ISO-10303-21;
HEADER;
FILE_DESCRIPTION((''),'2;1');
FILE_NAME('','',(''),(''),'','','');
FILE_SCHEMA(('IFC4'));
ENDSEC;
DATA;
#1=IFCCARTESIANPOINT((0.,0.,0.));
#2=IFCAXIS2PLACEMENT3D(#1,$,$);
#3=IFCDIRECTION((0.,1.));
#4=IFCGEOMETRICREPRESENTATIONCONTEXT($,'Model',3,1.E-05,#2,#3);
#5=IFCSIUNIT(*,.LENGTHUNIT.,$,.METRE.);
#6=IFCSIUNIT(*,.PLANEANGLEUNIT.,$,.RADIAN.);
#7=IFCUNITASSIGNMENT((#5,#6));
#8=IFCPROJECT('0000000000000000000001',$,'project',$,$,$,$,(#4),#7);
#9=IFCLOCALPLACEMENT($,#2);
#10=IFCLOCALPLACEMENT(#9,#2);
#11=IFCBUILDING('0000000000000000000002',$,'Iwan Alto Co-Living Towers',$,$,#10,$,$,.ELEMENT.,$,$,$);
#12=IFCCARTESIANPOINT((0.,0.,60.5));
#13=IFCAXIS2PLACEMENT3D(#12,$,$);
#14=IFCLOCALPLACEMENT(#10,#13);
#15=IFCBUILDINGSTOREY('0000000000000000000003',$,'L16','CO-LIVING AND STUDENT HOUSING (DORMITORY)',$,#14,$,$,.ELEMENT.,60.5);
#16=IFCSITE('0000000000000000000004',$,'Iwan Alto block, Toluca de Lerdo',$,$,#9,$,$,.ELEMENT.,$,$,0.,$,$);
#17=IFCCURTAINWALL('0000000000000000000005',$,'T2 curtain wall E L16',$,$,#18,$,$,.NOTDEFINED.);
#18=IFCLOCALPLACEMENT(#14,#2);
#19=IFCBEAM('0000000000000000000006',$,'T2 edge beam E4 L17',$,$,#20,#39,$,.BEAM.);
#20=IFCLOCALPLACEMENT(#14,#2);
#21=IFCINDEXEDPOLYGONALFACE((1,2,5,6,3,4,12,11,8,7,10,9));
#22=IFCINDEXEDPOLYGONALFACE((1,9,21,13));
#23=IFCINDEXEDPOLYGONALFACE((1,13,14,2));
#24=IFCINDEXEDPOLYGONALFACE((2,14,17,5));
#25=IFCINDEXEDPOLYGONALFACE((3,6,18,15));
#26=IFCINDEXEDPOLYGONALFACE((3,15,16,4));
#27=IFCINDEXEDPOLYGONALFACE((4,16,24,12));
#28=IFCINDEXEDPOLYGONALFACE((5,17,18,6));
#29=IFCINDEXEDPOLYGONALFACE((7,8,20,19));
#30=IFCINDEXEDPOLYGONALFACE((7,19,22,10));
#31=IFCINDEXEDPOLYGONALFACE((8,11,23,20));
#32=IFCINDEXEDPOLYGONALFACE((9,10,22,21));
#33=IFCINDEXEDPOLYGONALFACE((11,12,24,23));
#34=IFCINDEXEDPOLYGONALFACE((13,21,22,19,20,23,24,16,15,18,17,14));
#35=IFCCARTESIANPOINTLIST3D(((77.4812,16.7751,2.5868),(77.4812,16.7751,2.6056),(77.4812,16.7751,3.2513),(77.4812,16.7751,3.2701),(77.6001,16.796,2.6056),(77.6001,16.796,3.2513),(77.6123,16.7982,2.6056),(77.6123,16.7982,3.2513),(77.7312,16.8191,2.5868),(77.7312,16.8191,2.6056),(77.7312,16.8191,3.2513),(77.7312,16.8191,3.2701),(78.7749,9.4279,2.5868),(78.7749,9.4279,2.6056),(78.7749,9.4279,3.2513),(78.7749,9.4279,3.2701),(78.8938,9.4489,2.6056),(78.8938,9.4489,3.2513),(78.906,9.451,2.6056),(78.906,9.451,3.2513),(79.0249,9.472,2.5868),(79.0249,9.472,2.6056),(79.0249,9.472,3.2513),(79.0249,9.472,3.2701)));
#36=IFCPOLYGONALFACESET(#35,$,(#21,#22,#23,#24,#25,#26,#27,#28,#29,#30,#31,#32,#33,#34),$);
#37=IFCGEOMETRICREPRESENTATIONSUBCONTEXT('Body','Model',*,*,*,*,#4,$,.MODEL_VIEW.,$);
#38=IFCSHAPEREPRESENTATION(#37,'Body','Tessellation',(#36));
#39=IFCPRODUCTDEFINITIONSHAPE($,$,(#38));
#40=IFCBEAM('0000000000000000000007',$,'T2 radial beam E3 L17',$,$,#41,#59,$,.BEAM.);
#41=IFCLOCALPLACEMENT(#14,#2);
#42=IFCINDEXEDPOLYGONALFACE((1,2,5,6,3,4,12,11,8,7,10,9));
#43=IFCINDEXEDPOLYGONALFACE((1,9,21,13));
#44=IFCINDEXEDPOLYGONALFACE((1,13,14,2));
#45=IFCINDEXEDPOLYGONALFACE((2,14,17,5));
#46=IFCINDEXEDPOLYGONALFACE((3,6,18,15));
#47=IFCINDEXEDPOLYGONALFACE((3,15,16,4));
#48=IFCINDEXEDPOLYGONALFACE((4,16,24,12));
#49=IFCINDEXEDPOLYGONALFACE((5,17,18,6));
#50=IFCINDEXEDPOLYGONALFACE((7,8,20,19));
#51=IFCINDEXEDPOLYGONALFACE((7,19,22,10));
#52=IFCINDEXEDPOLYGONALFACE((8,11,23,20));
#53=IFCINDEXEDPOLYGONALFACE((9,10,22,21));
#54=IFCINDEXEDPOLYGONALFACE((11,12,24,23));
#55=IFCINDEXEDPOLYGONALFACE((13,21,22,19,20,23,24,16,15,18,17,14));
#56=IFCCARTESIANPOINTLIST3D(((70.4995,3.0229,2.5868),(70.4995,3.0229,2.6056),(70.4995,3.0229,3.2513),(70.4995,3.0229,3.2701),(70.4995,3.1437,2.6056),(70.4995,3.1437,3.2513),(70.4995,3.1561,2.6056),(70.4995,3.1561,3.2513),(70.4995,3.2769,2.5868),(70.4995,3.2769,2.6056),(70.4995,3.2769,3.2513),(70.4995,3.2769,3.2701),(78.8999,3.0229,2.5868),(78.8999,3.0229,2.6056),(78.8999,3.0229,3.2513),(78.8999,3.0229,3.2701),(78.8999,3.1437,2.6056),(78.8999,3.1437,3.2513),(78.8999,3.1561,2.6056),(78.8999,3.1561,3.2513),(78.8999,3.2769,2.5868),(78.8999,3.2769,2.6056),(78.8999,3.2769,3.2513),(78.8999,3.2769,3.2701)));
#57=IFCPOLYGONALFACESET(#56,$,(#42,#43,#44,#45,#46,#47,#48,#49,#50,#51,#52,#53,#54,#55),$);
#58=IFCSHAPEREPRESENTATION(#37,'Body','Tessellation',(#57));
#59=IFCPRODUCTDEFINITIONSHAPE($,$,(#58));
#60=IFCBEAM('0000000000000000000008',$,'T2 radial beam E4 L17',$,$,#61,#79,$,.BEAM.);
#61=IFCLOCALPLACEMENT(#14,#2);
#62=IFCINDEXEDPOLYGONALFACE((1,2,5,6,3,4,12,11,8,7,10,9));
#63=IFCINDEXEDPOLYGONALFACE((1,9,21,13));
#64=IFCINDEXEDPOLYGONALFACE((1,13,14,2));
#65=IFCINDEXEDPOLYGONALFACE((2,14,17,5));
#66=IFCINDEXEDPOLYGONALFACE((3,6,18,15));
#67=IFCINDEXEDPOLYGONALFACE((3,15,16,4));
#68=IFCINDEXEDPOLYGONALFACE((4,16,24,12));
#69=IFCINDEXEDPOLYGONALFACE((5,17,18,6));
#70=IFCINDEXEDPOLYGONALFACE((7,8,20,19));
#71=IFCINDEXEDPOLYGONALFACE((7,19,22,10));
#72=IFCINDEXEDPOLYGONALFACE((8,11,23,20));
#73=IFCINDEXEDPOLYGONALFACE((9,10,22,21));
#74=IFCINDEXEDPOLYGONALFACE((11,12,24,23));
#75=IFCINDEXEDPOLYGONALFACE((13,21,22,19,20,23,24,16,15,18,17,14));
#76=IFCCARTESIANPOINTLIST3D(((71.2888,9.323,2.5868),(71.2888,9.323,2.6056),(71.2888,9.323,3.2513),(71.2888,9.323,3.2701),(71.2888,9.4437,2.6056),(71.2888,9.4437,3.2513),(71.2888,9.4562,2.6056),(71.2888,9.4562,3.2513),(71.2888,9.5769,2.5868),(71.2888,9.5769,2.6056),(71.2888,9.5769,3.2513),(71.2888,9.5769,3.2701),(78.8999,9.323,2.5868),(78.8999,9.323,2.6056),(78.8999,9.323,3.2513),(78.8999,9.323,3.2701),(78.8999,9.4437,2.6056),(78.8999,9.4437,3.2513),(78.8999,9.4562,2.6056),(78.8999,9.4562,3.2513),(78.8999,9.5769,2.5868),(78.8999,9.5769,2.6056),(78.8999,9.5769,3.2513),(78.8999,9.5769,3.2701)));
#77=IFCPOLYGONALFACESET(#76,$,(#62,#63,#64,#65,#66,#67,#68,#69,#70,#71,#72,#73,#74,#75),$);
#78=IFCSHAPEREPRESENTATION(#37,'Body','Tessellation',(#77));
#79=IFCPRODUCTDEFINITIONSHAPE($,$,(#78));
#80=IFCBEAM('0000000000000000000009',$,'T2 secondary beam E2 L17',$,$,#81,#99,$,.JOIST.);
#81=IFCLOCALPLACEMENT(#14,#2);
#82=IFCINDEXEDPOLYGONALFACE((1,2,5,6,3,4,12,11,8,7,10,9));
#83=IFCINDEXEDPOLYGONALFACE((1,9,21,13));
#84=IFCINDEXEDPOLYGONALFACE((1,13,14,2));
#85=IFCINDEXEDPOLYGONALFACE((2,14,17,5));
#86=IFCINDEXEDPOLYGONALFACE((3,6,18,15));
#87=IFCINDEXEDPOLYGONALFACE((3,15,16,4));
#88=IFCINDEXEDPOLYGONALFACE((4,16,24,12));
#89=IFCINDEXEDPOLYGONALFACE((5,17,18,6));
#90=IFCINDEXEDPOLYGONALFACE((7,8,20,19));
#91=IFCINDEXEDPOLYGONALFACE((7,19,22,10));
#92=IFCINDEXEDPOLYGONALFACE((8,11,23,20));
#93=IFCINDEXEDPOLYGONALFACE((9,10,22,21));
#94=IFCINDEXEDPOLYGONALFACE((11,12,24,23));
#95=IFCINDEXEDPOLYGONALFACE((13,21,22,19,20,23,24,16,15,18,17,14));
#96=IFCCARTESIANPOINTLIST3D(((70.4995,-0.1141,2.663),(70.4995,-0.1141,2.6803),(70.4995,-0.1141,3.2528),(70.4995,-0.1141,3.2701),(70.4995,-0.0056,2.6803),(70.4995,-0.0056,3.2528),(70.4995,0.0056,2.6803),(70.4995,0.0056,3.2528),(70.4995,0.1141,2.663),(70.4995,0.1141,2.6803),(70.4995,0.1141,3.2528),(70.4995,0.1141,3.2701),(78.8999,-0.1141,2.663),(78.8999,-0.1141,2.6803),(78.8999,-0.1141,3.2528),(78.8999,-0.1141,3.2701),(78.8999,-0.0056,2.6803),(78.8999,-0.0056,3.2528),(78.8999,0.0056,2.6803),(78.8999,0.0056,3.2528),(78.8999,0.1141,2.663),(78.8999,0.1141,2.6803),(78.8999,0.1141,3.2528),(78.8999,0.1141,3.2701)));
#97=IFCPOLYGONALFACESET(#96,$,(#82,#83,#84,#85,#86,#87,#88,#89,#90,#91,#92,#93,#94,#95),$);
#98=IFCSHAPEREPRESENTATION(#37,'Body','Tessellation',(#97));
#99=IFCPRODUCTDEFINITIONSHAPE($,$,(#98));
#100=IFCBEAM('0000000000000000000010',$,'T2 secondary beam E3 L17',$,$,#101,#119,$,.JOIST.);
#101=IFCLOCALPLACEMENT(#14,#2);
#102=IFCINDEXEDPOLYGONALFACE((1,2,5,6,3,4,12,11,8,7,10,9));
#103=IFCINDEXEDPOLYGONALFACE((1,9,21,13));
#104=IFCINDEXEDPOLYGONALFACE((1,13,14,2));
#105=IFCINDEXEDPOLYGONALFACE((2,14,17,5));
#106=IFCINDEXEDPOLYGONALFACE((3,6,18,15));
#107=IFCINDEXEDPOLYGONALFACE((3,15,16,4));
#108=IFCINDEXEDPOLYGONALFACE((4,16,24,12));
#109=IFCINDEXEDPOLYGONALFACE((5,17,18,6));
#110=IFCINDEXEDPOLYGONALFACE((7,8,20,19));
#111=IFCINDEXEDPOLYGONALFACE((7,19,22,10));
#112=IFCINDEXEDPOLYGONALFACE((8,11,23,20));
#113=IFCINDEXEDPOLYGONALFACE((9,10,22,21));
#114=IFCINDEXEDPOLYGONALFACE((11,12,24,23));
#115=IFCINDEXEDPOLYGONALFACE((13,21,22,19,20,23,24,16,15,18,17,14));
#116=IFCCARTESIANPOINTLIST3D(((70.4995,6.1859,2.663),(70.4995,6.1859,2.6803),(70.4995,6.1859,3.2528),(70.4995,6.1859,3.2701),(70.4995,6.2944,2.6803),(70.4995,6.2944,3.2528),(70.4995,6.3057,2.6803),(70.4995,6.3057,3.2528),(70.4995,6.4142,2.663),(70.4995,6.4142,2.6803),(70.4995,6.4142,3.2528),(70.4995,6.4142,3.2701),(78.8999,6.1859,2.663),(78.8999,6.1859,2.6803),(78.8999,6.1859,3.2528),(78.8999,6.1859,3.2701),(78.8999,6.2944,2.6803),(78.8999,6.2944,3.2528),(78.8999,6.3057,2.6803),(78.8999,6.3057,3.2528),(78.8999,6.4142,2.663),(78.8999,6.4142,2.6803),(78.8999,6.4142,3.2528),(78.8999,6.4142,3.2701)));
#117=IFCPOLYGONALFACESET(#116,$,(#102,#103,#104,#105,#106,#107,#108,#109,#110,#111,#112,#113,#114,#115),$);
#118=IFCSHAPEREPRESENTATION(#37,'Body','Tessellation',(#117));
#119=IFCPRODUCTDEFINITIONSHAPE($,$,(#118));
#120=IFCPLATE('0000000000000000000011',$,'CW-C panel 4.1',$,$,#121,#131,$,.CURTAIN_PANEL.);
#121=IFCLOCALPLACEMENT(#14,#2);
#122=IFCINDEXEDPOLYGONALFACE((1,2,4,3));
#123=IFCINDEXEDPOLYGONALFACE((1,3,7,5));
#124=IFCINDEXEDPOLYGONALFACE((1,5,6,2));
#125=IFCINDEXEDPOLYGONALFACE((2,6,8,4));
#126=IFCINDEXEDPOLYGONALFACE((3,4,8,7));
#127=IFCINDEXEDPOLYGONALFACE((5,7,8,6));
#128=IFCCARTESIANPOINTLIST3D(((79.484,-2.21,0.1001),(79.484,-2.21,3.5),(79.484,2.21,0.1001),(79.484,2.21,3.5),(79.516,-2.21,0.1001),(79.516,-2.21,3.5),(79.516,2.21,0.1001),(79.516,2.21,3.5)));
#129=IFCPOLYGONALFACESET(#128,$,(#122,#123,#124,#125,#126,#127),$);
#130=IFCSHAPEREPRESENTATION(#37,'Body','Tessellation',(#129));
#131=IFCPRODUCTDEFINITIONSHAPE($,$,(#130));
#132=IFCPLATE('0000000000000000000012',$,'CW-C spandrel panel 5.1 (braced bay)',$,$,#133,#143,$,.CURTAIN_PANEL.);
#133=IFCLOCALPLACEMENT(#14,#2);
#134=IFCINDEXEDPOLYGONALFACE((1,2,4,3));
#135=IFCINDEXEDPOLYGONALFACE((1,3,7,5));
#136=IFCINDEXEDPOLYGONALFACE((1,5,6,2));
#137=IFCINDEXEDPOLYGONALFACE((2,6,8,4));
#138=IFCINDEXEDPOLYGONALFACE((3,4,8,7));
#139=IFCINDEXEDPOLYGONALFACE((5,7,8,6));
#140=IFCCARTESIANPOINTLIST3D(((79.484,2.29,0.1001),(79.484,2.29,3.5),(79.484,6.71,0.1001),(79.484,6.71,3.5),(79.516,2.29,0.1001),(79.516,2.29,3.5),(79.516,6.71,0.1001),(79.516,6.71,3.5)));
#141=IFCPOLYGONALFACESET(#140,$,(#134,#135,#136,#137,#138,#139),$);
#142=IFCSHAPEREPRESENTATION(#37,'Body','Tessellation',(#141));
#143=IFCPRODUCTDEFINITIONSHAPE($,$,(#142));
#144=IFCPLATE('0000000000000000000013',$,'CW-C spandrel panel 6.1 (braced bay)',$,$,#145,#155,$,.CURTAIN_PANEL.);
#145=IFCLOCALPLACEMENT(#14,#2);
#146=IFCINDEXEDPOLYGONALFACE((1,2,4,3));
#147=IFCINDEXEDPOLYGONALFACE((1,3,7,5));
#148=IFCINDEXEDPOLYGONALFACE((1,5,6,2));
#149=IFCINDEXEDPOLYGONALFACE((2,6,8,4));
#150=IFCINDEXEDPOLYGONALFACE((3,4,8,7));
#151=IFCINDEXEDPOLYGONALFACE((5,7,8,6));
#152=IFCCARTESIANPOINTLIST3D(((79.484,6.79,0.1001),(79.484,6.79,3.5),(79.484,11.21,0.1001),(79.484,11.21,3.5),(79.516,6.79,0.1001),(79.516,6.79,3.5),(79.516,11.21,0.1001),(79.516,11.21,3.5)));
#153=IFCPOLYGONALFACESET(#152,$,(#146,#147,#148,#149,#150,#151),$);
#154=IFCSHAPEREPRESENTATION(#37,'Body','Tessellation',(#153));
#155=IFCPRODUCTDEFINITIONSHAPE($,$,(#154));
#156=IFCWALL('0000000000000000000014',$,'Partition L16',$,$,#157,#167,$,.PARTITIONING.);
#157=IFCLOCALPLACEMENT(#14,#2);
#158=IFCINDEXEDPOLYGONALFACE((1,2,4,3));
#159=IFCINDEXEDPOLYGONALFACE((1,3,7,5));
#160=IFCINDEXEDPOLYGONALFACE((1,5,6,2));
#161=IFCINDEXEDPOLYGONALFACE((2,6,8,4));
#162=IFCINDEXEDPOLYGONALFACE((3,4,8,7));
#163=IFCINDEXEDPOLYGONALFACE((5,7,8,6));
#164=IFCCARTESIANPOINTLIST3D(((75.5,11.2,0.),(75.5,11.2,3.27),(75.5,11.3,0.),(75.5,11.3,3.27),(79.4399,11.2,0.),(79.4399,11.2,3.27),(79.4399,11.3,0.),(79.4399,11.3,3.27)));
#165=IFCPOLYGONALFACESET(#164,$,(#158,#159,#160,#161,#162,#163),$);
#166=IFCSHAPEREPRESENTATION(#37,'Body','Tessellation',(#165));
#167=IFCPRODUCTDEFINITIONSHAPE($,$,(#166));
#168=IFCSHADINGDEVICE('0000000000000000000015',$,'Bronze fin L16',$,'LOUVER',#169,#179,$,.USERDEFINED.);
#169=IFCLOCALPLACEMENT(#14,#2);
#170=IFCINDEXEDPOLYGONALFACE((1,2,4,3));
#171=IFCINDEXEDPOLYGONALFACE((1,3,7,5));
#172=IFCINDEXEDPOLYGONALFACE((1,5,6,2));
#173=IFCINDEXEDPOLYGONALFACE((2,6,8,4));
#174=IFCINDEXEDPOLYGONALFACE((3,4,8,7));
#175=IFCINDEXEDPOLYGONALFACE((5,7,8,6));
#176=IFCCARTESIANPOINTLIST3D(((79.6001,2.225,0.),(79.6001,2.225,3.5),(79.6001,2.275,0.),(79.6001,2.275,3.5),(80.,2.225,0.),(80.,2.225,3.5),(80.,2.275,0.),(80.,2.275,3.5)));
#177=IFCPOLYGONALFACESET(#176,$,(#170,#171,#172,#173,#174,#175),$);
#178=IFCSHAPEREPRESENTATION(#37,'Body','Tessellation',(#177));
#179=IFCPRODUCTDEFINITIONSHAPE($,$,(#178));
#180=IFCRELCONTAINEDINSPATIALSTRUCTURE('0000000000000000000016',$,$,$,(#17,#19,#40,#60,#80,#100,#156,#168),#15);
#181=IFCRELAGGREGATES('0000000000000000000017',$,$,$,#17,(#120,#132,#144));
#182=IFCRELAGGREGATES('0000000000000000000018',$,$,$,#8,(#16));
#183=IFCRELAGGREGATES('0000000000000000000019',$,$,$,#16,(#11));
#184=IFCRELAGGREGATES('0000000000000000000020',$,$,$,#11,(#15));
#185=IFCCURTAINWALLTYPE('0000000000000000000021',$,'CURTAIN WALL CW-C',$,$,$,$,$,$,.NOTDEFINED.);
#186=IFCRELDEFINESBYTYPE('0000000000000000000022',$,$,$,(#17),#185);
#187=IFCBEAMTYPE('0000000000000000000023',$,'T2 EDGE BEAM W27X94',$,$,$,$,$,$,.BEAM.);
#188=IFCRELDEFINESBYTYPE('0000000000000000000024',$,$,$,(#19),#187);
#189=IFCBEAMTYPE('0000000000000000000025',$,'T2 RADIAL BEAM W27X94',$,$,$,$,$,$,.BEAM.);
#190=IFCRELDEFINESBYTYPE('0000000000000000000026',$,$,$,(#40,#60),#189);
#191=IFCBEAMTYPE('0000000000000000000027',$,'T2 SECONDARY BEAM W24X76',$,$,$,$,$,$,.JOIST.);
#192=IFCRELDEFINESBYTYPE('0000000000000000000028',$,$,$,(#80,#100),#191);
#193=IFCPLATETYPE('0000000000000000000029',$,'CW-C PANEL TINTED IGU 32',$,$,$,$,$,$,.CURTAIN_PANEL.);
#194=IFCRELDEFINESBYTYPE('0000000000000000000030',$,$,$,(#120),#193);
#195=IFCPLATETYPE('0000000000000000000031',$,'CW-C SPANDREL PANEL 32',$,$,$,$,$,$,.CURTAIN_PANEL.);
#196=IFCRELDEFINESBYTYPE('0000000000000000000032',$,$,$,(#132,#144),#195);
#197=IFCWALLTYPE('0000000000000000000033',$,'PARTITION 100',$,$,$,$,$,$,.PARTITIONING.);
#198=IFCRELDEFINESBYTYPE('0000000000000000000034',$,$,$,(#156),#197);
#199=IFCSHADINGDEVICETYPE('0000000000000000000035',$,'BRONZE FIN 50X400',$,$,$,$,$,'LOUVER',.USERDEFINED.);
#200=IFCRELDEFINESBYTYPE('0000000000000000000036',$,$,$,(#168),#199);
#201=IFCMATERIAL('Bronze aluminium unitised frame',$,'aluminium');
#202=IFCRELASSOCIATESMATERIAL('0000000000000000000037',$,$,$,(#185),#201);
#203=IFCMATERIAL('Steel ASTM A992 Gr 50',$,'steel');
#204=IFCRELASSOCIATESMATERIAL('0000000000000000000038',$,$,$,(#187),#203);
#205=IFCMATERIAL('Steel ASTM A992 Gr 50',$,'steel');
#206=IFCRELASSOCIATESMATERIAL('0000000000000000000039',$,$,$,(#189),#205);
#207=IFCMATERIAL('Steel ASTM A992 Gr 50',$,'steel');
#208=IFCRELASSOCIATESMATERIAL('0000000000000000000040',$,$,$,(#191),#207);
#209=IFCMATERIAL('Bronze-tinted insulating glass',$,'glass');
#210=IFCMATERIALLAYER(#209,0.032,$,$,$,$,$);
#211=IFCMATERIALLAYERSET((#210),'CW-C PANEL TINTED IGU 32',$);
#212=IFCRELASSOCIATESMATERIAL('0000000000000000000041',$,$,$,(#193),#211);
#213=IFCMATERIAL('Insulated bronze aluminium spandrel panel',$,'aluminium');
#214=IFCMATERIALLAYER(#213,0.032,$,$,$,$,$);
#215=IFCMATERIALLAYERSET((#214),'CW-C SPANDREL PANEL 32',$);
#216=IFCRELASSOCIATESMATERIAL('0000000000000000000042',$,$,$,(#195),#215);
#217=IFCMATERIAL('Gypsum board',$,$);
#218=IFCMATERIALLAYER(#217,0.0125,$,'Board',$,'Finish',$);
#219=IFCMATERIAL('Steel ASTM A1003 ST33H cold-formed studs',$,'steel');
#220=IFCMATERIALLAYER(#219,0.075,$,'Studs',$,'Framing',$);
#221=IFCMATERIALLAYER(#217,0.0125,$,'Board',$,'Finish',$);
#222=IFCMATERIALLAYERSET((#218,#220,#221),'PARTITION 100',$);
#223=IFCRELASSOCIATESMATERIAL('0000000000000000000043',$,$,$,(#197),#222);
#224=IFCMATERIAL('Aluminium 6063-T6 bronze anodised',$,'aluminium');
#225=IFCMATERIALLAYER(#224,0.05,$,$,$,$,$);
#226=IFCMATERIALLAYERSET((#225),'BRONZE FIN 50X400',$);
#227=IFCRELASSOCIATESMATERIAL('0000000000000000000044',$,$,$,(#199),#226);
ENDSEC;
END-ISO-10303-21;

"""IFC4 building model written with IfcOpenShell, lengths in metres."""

from ifc_helpers import new_model, si_unit, direction, frame, frame_2d, origin, origin_2d, place, context, subcontext, project, spatial, rectangle, i_section, extrude, material, layer, layer_set, material_profile, profile_set, type_object, element, aggregate, save


model = new_model("IFC4")

# Units and contexts
model_context = context("Model", 3, precision=1e-05, world=origin(), true_north=direction((0.0, 1.0)))
body_context = subcontext(model_context, "Body", "Model", "MODEL_VIEW")
ifc_project = project(units=[si_unit("LENGTHUNIT", "METRE"), si_unit("PLANEANGLEUNIT", "RADIAN")], contexts=[model_context])

# Site, building, storey
site_placement = place(None, origin())
site = spatial("IfcSite", under=ifc_project, at=site_placement, Name="Iwan Alto block, Toluca de Lerdo", CompositionType="ELEMENT", RefElevation=0.0)
building_placement = place(site_placement, origin())
building = spatial("IfcBuilding", under=site, at=building_placement, Name="Iwan Alto Co-Living Towers", CompositionType="ELEMENT")
storey_placement = place(building_placement, frame((0.0, 0.0, 60.5)))
storey = spatial("IfcBuildingStorey", under=building, at=storey_placement, Name="L16", Description="CO-LIVING AND STUDENT HOUSING (DORMITORY)", CompositionType="ELEMENT", Elevation=60.5)

# Curtain wall
ifc_material_1 = material(Name="Bronze aluminium unitised frame", Category="aluminium")
curtain_wall_type = type_object("IfcCurtainWallType", Name="CURTAIN WALL CW-C", PredefinedType="NOTDEFINED", material=ifc_material_1)
curtain_wall_placement = place(storey_placement, origin())
curtain_wall = element("IfcCurtainWall", 1, at=curtain_wall_placement, inside=storey, type_object=curtain_wall_type, Name="T2 curtain wall E L16", PredefinedType="NOTDEFINED")

# Beams
ifc_material_2 = material(Name="Steel ASTM A992 Gr 50", Category="steel")
ifc_material_profile_1 = material_profile(ifc_material_2, i_section(OverallWidth=0.2539, OverallDepth=0.6833, WebThickness=0.0125, FlangeThickness=0.0188, at=origin_2d()), Name="W27X94")
ifc_profile_set_1 = profile_set([ifc_material_profile_1], Name="Steel ASTM A992 Gr 50")
beam_type_1 = type_object("IfcBeamType", Name="T2 EDGE BEAM W27X94", PredefinedType="BEAM", material=ifc_profile_set_1)
beam_1_placement = place(storey_placement, frame((78.8999, 9.45, 2.9285), z_axis=(-0.173414, 0.984849, 0.0), x_axis=(-0.984849, -0.173414, 0.0)))
element("IfcBeam", 2, at=beam_1_placement, inside=storey, type_object=beam_type_1, Name="T2 edge beam E4 L17", PredefinedType="BEAM", context=body_context, shape_type="SweptSolid", body=[
    extrude(i_section(OverallWidth=0.2539, OverallDepth=0.6833, WebThickness=0.0125, FlangeThickness=0.0188, at=origin_2d()), origin(), (0.0, 0.0, 1.0), 7.4602),
])
ifc_material_3 = material(Name="Steel ASTM A992 Gr 50", Category="steel")
ifc_material_profile_2 = material_profile(ifc_material_3, i_section(OverallWidth=0.2539, OverallDepth=0.6833, WebThickness=0.0125, FlangeThickness=0.0188, at=origin_2d()), Name="W27X94")
ifc_profile_set_2 = profile_set([ifc_material_profile_2], Name="Steel ASTM A992 Gr 50")
beam_type_2 = type_object("IfcBeamType", Name="T2 RADIAL BEAM W27X94", PredefinedType="BEAM", material=ifc_profile_set_2)
beam_2_placement = place(storey_placement, frame((78.8999, 3.1499, 2.9285), z_axis=(-1.0, 0.0, 0.0), x_axis=(0.0, -1.0, 0.0)))
element("IfcBeam", 3, at=beam_2_placement, inside=storey, type_object=beam_type_2, Name="T2 radial beam E3 L17", PredefinedType="BEAM", context=body_context, shape_type="SweptSolid", body=[
    extrude(i_section(OverallWidth=0.2539, OverallDepth=0.6833, WebThickness=0.0125, FlangeThickness=0.0188, at=origin_2d()), origin(), (0.0, 0.0, 1.0), 8.4004),
])
beam_3_placement = place(storey_placement, frame((78.8999, 9.45, 2.9285), z_axis=(-1.0, 0.0, 0.0), x_axis=(0.0, -1.0, 0.0)))
element("IfcBeam", 4, at=beam_3_placement, inside=storey, type_object=beam_type_2, Name="T2 radial beam E4 L17", PredefinedType="BEAM", context=body_context, shape_type="SweptSolid", body=[
    extrude(i_section(OverallWidth=0.2539, OverallDepth=0.6833, WebThickness=0.0125, FlangeThickness=0.0188, at=origin_2d()), origin(), (0.0, 0.0, 1.0), 7.6111),
])
ifc_material_4 = material(Name="Steel ASTM A992 Gr 50", Category="steel")
ifc_material_profile_3 = material_profile(ifc_material_4, i_section(OverallWidth=0.2283, OverallDepth=0.6072, WebThickness=0.0112, FlangeThickness=0.0173, at=origin_2d()), Name="W24X76")
ifc_profile_set_3 = profile_set([ifc_material_profile_3], Name="Steel ASTM A992 Gr 50")
beam_type_3 = type_object("IfcBeamType", Name="T2 SECONDARY BEAM W24X76", PredefinedType="JOIST", material=ifc_profile_set_3)
for number, where, z_axis, x_axis, name in (
    (5, (78.8999, 0.0, 2.9666), (-1.0, 0.0, 0.0), (0.0, -1.0, 0.0), "T2 secondary beam E2 L17"),
    (6, (78.8999, 6.3, 2.9666), (-1.0, 0.0, 0.0), (0.0, -1.0, 0.0), "T2 secondary beam E3 L17"),
):
    element("IfcBeam", number, at=place(storey_placement, frame(where, z_axis=z_axis, x_axis=x_axis)), inside=storey, type_object=beam_type_3, Name=name, PredefinedType="JOIST", context=body_context, shape_type="SweptSolid", body=[
        extrude(i_section(OverallWidth=0.2283, OverallDepth=0.6072, WebThickness=0.0112, FlangeThickness=0.0173, at=origin_2d()), origin(), (0.0, 0.0, 1.0), 8.4004),
    ])

# Plates
ifc_material_5 = material(Name="Bronze-tinted insulating glass", Category="glass")
ifc_layer_1 = layer(ifc_material_5, 0.032)
ifc_layer_set_1 = layer_set([ifc_layer_1], Name="CW-C PANEL TINTED IGU 32")
plate_type_1 = type_object("IfcPlateType", Name="CW-C PANEL TINTED IGU 32", PredefinedType="CURTAIN_PANEL", material=ifc_layer_set_1)
plate_1_placement = place(storey_placement, frame((79.5, 0.0, 0.1001), z_axis=(0.0, 0.0, 1.0), x_axis=(0.0, 1.0, 0.0)))
plate_1 = element("IfcPlate", 7, at=plate_1_placement, type_object=plate_type_1, Name="CW-C panel 4.1", PredefinedType="CURTAIN_PANEL", context=body_context, shape_type="SweptSolid", body=[
    extrude(rectangle(XDim=4.4199, YDim=0.032, at=origin_2d()), origin(), (0.0, 0.0, 1.0), 3.3999),
])
ifc_material_6 = material(Name="Insulated bronze aluminium spandrel panel", Category="aluminium")
ifc_layer_2 = layer(ifc_material_6, 0.032)
ifc_layer_set_2 = layer_set([ifc_layer_2], Name="CW-C SPANDREL PANEL 32")
plate_type_2 = type_object("IfcPlateType", Name="CW-C SPANDREL PANEL 32", PredefinedType="CURTAIN_PANEL", material=ifc_layer_set_2)
plate_2_placement = place(storey_placement, frame((79.5, 4.5, 0.1001), z_axis=(0.0, 0.0, 1.0), x_axis=(0.0, 1.0, 0.0)))
plate_2 = element("IfcPlate", 8, at=plate_2_placement, type_object=plate_type_2, Name="CW-C spandrel panel 5.1 (braced bay)", PredefinedType="CURTAIN_PANEL", context=body_context, shape_type="SweptSolid", body=[
    extrude(rectangle(XDim=4.4199, YDim=0.032, at=origin_2d()), origin(), (0.0, 0.0, 1.0), 3.3999),
])
plate_3_placement = place(storey_placement, frame((79.5, 9.0, 0.1001), z_axis=(0.0, 0.0, 1.0), x_axis=(0.0, 1.0, 0.0)))
plate_3 = element("IfcPlate", 9, at=plate_3_placement, type_object=plate_type_2, Name="CW-C spandrel panel 6.1 (braced bay)", PredefinedType="CURTAIN_PANEL", context=body_context, shape_type="SweptSolid", body=[
    extrude(rectangle(XDim=4.4199, YDim=0.032, at=origin_2d()), origin(), (0.0, 0.0, 1.0), 3.3999),
])
aggregate(curtain_wall, [plate_1, plate_2, plate_3])

# Wall
ifc_material_7 = material(Name="Gypsum board")
ifc_layer_3 = layer(ifc_material_7, 0.0125, Name="Board", Category="Finish")
ifc_material_8 = material(Name="Steel ASTM A1003 ST33H cold-formed studs", Category="steel")
ifc_layer_4 = layer(ifc_material_8, 0.075, Name="Studs", Category="Framing")
ifc_layer_5 = layer(ifc_material_7, 0.0125, Name="Board", Category="Finish")
ifc_layer_set_3 = layer_set([ifc_layer_3, ifc_layer_4, ifc_layer_5], Name="PARTITION 100")
wall_type = type_object("IfcWallType", Name="PARTITION 100", PredefinedType="PARTITIONING", material=ifc_layer_set_3)
wall_placement = place(storey_placement, frame((75.5, 11.25, 0.0), z_axis=(0.0, 0.0, 1.0), x_axis=(1.0, 0.0, 0.0)))
element("IfcWall", 10, at=wall_placement, inside=storey, type_object=wall_type, Name="Partition L16", PredefinedType="PARTITIONING", context=body_context, shape_type="SweptSolid", body=[
    extrude(rectangle(XDim=3.9399, YDim=0.1001, at=frame_2d((1.97, 0.0))), origin(), (0.0, 0.0, 1.0), 3.27),
])

# Shading device
ifc_material_9 = material(Name="Aluminium 6063-T6 bronze anodised", Category="aluminium")
ifc_layer_6 = layer(ifc_material_9, 0.05)
ifc_layer_set_4 = layer_set([ifc_layer_6], Name="BRONZE FIN 50X400")
shading_device_type = type_object("IfcShadingDeviceType", Name="BRONZE FIN 50X400", ElementType="LOUVER", PredefinedType="USERDEFINED", material=ifc_layer_set_4)
for number, where, z_axis, x_axis, name in (
    (11, (79.8, 2.25, 0.0), (0.0, 0.0, 1.0), (0.0, 1.0, 0.0), "Bronze fin L16"),
):
    element("IfcShadingDevice", number, at=place(storey_placement, frame(where, z_axis=z_axis, x_axis=x_axis)), inside=storey, type_object=shading_device_type, Name=name, ObjectType="LOUVER", PredefinedType="USERDEFINED", context=body_context, shape_type="SweptSolid", body=[
        extrude(rectangle(XDim=0.05, YDim=0.3999, at=origin_2d()), origin(), (0.0, 0.0, 1.0), 3.5),
    ])

save(model, "model.ifc")
